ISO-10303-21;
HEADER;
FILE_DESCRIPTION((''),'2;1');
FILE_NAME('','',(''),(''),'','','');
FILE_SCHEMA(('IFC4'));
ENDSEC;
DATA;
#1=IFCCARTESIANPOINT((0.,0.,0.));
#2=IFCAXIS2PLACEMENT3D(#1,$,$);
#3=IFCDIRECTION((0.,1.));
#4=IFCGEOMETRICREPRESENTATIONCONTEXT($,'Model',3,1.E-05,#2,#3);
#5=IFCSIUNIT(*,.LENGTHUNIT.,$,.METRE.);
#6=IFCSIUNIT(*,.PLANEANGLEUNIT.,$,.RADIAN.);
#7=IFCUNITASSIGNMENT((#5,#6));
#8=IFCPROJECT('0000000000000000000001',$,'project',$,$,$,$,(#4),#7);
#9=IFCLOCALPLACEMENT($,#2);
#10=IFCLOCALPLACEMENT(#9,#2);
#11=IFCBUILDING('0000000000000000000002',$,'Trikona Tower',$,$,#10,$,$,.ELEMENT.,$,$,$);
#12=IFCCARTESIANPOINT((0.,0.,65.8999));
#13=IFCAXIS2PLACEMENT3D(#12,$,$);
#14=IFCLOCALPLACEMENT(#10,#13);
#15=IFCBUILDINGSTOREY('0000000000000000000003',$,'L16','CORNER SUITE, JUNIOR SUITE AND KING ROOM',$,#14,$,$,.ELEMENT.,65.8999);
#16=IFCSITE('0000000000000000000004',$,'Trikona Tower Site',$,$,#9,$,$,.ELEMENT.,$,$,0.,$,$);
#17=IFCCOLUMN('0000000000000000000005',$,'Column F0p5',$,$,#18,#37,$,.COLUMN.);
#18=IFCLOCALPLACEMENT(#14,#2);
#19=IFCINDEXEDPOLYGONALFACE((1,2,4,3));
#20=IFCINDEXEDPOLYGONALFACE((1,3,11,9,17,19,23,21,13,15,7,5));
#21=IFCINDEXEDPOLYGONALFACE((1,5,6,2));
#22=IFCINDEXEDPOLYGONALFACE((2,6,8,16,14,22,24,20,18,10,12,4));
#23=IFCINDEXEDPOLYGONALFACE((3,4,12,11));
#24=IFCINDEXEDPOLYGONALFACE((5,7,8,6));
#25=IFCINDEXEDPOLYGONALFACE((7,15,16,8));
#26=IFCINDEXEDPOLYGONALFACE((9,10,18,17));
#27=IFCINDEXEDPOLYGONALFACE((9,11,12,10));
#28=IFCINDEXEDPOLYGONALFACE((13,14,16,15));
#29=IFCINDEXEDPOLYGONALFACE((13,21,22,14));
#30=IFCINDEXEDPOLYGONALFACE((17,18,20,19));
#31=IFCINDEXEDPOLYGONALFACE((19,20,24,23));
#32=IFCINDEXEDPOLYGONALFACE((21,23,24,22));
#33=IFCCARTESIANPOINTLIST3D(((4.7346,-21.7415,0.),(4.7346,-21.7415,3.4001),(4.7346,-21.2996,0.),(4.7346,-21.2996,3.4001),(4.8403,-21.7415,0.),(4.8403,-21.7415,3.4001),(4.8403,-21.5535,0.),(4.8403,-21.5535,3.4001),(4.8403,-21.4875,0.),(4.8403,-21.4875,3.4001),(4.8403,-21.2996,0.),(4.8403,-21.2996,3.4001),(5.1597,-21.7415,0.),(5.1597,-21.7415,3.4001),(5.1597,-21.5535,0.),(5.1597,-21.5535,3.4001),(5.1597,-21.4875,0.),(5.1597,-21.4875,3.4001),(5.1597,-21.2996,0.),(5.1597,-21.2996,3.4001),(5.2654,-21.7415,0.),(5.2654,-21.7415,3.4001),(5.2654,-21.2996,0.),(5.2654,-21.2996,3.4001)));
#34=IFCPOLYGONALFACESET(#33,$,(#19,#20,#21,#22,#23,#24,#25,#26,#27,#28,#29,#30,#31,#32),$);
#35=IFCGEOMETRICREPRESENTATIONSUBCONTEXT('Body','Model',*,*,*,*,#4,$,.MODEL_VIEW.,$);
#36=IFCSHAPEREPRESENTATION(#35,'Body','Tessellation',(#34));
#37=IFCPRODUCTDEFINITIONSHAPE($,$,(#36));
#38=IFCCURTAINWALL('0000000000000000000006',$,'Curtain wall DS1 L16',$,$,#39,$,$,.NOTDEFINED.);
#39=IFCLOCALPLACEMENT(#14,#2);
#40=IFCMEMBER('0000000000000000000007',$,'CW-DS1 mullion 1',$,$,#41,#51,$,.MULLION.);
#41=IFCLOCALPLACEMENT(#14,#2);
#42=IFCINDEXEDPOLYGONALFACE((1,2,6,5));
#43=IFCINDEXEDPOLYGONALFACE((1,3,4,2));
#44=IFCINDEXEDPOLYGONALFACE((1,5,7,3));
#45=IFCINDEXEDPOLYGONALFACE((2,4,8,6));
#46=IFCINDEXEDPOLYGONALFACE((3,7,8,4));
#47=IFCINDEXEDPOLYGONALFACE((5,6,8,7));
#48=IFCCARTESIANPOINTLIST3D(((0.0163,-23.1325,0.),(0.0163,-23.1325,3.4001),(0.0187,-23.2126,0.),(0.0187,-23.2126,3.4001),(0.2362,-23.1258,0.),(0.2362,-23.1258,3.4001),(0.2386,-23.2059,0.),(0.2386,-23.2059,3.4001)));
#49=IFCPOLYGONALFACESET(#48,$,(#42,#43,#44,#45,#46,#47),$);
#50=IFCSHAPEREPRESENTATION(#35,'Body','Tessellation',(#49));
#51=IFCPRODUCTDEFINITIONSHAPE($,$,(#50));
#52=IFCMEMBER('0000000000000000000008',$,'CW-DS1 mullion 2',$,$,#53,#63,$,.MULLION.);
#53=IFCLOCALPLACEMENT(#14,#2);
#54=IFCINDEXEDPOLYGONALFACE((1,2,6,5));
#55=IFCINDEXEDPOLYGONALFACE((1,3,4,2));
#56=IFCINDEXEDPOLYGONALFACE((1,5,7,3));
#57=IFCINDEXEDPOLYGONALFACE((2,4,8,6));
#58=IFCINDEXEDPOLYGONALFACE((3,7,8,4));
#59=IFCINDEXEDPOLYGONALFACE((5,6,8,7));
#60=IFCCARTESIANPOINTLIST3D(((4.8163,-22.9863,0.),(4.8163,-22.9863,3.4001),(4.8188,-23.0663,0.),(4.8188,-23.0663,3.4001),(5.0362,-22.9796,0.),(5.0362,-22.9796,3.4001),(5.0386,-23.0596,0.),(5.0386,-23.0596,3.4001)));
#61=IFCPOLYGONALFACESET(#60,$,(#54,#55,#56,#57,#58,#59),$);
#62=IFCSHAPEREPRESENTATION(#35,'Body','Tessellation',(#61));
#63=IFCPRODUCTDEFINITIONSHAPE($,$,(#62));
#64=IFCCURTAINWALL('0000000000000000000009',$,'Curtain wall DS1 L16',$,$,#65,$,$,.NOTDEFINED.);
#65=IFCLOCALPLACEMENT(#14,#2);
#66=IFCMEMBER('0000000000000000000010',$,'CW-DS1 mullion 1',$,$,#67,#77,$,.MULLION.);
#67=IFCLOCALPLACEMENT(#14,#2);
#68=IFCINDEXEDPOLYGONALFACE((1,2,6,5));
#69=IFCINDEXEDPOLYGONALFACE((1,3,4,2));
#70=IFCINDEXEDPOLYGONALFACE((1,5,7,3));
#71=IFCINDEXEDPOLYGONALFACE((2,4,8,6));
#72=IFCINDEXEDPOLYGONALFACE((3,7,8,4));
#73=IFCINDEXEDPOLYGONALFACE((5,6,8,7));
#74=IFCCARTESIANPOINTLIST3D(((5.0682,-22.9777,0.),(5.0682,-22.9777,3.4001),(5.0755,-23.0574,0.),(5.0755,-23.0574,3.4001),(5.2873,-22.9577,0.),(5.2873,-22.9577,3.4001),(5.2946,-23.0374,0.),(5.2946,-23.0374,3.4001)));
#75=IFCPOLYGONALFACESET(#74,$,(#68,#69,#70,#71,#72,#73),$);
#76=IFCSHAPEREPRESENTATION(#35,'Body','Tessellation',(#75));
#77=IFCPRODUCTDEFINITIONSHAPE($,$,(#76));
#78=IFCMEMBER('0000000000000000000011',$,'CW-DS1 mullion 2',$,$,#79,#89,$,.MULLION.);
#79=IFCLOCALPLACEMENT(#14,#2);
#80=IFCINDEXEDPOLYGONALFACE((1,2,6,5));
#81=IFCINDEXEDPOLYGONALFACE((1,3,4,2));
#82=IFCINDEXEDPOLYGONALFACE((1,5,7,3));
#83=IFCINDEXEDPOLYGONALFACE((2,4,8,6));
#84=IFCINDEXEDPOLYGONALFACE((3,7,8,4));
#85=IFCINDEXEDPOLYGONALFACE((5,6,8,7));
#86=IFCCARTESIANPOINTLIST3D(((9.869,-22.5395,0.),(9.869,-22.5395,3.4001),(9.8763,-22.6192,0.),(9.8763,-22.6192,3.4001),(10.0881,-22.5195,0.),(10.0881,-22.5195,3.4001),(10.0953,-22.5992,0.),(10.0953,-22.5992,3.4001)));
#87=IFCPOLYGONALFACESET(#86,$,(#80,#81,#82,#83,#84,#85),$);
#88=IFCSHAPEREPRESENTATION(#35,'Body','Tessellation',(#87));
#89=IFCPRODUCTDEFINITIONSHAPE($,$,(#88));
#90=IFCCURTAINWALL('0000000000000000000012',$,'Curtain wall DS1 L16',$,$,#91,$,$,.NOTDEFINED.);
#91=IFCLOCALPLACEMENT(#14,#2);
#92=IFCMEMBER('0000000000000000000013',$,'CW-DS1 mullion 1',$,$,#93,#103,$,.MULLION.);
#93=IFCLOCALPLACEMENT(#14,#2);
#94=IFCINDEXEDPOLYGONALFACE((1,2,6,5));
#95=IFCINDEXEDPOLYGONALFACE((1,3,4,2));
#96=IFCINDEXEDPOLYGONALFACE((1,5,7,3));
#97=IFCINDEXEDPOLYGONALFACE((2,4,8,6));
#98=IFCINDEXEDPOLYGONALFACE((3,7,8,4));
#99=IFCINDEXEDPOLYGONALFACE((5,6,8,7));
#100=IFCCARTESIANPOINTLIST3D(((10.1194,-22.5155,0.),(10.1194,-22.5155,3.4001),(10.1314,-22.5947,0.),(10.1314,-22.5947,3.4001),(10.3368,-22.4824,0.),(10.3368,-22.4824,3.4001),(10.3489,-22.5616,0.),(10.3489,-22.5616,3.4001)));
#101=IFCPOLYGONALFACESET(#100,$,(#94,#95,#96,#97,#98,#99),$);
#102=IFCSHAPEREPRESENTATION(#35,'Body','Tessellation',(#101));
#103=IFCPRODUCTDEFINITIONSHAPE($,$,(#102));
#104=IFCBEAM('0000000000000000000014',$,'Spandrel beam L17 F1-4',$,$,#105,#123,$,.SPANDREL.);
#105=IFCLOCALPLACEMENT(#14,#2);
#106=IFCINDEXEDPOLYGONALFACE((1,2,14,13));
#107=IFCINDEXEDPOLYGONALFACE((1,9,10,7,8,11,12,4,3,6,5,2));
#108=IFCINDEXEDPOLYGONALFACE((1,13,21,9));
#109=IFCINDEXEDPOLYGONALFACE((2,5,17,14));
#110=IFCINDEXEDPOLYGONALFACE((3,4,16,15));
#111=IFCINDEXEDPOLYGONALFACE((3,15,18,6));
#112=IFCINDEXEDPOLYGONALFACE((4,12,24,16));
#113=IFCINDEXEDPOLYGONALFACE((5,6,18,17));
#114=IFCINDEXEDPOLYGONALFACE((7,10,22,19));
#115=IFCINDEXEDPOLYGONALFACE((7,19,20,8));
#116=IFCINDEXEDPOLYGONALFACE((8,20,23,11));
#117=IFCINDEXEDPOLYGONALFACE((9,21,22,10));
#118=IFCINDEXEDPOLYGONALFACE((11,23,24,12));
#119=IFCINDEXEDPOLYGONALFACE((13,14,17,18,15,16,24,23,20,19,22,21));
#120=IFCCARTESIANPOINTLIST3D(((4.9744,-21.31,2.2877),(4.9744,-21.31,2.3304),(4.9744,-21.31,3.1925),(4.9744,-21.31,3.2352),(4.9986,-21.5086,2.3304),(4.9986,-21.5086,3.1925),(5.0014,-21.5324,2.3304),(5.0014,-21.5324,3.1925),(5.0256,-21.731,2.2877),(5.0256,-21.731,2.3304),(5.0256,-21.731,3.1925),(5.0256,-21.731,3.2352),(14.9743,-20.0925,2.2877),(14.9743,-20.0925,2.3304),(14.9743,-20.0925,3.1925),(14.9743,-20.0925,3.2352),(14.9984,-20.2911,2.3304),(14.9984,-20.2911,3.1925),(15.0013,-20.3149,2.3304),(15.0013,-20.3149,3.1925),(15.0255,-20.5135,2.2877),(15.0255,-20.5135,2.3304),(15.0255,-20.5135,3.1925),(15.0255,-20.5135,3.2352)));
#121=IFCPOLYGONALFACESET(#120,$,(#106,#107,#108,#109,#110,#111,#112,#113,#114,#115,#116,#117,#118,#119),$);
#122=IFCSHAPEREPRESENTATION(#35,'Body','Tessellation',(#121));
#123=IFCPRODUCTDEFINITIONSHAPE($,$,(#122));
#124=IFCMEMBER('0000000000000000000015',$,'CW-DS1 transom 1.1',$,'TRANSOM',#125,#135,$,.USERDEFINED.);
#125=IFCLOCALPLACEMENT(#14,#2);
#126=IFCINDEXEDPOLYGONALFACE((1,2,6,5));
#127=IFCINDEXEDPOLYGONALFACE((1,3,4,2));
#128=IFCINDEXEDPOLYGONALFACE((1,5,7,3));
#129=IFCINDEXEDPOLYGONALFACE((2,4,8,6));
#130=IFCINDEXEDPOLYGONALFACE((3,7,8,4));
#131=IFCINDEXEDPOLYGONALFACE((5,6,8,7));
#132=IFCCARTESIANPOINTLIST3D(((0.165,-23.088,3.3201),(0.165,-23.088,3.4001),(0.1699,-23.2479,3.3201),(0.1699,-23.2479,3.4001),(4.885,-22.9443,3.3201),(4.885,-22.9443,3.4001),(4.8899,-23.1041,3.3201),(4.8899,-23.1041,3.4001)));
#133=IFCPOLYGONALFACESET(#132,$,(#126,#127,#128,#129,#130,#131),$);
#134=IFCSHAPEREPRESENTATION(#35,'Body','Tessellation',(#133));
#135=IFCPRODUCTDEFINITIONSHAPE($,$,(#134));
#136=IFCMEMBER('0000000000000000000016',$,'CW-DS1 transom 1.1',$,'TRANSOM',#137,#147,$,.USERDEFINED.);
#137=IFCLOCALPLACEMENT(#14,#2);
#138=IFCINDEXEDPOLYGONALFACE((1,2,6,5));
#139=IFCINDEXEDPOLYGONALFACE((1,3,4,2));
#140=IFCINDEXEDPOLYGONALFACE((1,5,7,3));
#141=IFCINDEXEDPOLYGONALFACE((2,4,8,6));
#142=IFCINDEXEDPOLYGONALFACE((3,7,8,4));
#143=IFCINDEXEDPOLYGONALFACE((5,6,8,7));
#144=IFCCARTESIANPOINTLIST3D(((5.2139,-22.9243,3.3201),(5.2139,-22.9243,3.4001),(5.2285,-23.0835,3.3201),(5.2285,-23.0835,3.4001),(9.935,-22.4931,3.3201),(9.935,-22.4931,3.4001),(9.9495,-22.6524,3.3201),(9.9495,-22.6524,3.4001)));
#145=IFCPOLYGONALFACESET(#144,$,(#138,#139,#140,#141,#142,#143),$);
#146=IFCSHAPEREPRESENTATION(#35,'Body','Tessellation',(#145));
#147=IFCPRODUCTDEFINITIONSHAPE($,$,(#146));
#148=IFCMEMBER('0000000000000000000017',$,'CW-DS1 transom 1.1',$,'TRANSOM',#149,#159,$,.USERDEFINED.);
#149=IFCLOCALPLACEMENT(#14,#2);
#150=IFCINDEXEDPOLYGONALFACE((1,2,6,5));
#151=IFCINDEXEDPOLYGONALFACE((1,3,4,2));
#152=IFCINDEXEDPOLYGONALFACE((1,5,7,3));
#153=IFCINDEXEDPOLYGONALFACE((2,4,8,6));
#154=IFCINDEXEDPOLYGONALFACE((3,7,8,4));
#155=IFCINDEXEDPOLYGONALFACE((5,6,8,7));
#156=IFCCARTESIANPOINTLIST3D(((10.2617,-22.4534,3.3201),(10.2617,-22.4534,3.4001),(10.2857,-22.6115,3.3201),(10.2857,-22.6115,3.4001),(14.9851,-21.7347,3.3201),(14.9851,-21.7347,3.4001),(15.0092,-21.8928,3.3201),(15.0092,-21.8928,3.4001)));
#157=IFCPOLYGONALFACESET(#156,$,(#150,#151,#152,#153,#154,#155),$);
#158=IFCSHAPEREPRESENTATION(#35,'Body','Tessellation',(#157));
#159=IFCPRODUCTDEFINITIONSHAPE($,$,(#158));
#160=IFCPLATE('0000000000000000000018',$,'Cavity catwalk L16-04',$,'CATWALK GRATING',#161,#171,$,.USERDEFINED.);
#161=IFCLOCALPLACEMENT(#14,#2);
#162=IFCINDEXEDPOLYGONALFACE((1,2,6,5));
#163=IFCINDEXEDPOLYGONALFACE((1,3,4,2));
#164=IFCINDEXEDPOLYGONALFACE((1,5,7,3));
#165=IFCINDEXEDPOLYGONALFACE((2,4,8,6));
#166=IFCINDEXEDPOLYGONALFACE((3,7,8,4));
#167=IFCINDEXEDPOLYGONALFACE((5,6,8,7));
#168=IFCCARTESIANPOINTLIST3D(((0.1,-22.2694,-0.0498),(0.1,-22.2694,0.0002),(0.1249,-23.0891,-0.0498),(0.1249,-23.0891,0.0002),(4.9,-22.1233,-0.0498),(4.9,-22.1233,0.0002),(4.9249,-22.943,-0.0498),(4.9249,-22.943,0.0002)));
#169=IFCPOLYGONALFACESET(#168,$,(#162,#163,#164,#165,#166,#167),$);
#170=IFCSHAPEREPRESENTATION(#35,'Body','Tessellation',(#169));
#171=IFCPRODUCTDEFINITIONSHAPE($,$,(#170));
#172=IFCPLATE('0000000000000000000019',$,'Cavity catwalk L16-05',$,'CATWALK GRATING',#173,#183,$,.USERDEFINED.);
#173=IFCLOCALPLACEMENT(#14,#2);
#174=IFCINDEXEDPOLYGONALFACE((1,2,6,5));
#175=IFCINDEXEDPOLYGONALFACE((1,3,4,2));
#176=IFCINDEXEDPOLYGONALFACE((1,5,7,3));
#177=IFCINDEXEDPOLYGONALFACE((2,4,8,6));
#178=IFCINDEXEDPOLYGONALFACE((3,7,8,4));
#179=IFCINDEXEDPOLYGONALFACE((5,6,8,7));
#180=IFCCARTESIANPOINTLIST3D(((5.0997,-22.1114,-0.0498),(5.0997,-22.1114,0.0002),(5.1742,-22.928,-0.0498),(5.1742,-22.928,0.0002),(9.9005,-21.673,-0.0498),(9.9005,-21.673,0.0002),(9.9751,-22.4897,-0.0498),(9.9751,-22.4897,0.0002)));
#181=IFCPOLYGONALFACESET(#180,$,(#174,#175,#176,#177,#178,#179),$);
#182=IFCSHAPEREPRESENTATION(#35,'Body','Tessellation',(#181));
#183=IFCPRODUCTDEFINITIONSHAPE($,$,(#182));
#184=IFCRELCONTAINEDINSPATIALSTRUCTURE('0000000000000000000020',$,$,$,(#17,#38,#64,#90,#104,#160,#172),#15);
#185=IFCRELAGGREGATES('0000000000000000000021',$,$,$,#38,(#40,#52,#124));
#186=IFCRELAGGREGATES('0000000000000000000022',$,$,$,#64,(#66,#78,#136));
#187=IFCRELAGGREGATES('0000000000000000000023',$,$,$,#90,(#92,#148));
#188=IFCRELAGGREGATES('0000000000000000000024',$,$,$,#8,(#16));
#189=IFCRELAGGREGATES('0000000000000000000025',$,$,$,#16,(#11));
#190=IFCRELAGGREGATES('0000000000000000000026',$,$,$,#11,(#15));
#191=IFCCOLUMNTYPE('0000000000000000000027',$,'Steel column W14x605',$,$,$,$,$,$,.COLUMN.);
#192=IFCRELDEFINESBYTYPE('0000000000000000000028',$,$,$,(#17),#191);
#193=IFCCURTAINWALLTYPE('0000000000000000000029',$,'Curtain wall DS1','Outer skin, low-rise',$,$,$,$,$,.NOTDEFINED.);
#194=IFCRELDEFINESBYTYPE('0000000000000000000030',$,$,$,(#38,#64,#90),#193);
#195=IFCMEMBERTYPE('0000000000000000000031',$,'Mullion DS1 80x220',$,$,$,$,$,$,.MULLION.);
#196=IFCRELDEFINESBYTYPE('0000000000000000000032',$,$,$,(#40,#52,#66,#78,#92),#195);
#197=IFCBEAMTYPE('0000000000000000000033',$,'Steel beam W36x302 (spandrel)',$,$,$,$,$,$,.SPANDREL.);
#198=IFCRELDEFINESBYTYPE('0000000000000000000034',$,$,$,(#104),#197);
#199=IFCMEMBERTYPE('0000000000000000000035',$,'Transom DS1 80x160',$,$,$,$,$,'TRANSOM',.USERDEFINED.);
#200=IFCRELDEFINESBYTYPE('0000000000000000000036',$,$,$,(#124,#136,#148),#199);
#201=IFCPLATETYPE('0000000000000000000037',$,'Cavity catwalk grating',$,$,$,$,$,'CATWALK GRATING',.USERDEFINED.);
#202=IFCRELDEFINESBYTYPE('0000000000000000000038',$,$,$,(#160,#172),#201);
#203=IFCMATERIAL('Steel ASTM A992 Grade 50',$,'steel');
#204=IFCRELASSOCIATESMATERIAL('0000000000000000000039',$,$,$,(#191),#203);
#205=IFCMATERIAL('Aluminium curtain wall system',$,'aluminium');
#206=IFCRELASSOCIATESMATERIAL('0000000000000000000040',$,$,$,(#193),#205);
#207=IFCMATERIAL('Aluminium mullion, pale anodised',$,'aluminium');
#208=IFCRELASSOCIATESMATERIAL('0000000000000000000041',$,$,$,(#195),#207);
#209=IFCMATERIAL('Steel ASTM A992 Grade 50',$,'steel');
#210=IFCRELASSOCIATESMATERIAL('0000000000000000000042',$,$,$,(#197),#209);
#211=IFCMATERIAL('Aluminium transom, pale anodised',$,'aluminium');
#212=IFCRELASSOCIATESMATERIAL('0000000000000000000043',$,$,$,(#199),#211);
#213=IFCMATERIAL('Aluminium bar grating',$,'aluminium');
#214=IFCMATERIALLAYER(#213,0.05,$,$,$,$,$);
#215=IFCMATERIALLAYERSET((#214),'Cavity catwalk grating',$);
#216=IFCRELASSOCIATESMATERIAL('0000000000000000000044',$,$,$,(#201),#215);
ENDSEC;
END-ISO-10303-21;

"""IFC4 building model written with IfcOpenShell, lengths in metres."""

from ifc_helpers import new_model, si_unit, direction, frame, origin, origin_2d, place, context, subcontext, project, spatial, rectangle, i_section, extrude, material, layer, layer_set, material_profile, profile_set, type_object, element, aggregate, save


model = new_model("IFC4")

# Units and contexts
model_context = context("Model", 3, precision=1e-05, world=origin(), true_north=direction((0.0, 1.0)))
body_context = subcontext(model_context, "Body", "Model", "MODEL_VIEW")
ifc_project = project(units=[si_unit("LENGTHUNIT", "METRE"), si_unit("PLANEANGLEUNIT", "RADIAN")], contexts=[model_context])

# Site, building, storey
site_placement = place(None, origin())
site = spatial("IfcSite", under=ifc_project, at=site_placement, Name="Trikona Tower Site", CompositionType="ELEMENT", RefElevation=0.0)
building_placement = place(site_placement, origin())
building = spatial("IfcBuilding", under=site, at=building_placement, Name="Trikona Tower", CompositionType="ELEMENT")
storey_placement = place(building_placement, frame((0.0, 0.0, 65.8999)))
storey = spatial("IfcBuildingStorey", under=building, at=storey_placement, Name="L16", Description="CORNER SUITE, JUNIOR SUITE AND KING ROOM", CompositionType="ELEMENT", Elevation=65.8999)

# Column
ifc_material_1 = material(Name="Steel ASTM A992 Grade 50", Category="steel")
ifc_material_profile_1 = material_profile(ifc_material_1, i_section(OverallWidth=0.4419, OverallDepth=0.5308, WebThickness=0.0659, FlangeThickness=0.1057, at=origin_2d()), Name="W14X605")
ifc_profile_set_1 = profile_set([ifc_material_profile_1], Name="Steel ASTM A992 Grade 50")
column_type = type_object("IfcColumnType", Name="Steel column W14x605", PredefinedType="COLUMN", material=ifc_profile_set_1)
column_placement = place(storey_placement, frame((5.0, -21.5205, 0.0), z_axis=(0.0, 0.0, 1.0), x_axis=(0.0, -1.0, 0.0)))
element("IfcColumn", 1, at=column_placement, inside=storey, type_object=column_type, Name="Column F0p5", PredefinedType="COLUMN", context=body_context, shape_type="SweptSolid", body=[
    extrude(i_section(OverallWidth=0.4419, OverallDepth=0.5308, WebThickness=0.0659, FlangeThickness=0.1057, at=origin_2d()), origin(), (0.0, 0.0, 1.0), 3.4001),
])

# Curtain walls, members
ifc_material_2 = material(Name="Aluminium curtain wall system", Category="aluminium")
curtain_wall_type = type_object("IfcCurtainWallType", Name="Curtain wall DS1", Description="Outer skin, low-rise", PredefinedType="NOTDEFINED", material=ifc_material_2)
curtain_wall_1_placement = place(storey_placement, origin())
curtain_wall_1 = element("IfcCurtainWall", 2, at=curtain_wall_1_placement, inside=storey, type_object=curtain_wall_type, Name="Curtain wall DS1 L16", PredefinedType="NOTDEFINED")
ifc_material_3 = material(Name="Aluminium mullion, pale anodised", Category="aluminium")
ifc_material_profile_2 = material_profile(ifc_material_3, rectangle(XDim=0.0801, YDim=0.22, at=origin_2d()), Name="MUL-DS1")
ifc_profile_set_2 = profile_set([ifc_material_profile_2], Name="Aluminium mullion, pale anodised")
member_type_1 = type_object("IfcMemberType", Name="Mullion DS1 80x220", PredefinedType="MULLION", material=ifc_profile_set_2)
member_1_placement = place(storey_placement, frame((0.1274, -23.1692, 0.0), z_axis=(0.0, 0.0, 1.0), x_axis=(-0.030437, 0.999537, 0.0)))
member_1 = element("IfcMember", 3, at=member_1_placement, type_object=member_type_1, Name="CW-DS1 mullion 1", PredefinedType="MULLION", context=body_context, shape_type="SweptSolid", body=[
    extrude(rectangle(XDim=0.0801, YDim=0.22, at=origin_2d()), origin(), (0.0, 0.0, 1.0), 3.4001),
])
member_2_placement = place(storey_placement, frame((4.9275, -23.0229, 0.0), z_axis=(0.0, 0.0, 1.0), x_axis=(-0.030437, 0.999537, 0.0)))
member_2 = element("IfcMember", 4, at=member_2_placement, type_object=member_type_1, Name="CW-DS1 mullion 2", PredefinedType="MULLION", context=body_context, shape_type="SweptSolid", body=[
    extrude(rectangle(XDim=0.0801, YDim=0.22, at=origin_2d()), origin(), (0.0, 0.0, 1.0), 3.4001),
])
curtain_wall_2_placement = place(storey_placement, origin())
curtain_wall_2 = element("IfcCurtainWall", 5, at=curtain_wall_2_placement, inside=storey, type_object=curtain_wall_type, Name="Curtain wall DS1 L16", PredefinedType="NOTDEFINED")
member_3_placement = place(storey_placement, frame((5.1814, -23.0076, 0.0), z_axis=(0.0, 0.0, 1.0), x_axis=(-0.090924, 0.995858, 0.0)))
member_3 = element("IfcMember", 6, at=member_3_placement, type_object=member_type_1, Name="CW-DS1 mullion 1", PredefinedType="MULLION", context=body_context, shape_type="SweptSolid", body=[
    extrude(rectangle(XDim=0.0801, YDim=0.22, at=origin_2d()), origin(), (0.0, 0.0, 1.0), 3.4001),
])
member_4_placement = place(storey_placement, frame((9.9822, -22.5693, 0.0), z_axis=(0.0, 0.0, 1.0), x_axis=(-0.090924, 0.995858, 0.0)))
member_4 = element("IfcMember", 7, at=member_4_placement, type_object=member_type_1, Name="CW-DS1 mullion 2", PredefinedType="MULLION", context=body_context, shape_type="SweptSolid", body=[
    extrude(rectangle(XDim=0.0801, YDim=0.22, at=origin_2d()), origin(), (0.0, 0.0, 1.0), 3.4001),
])

# Curtain wall, member
curtain_wall_3_placement = place(storey_placement, origin())
curtain_wall_3 = element("IfcCurtainWall", 8, at=curtain_wall_3_placement, inside=storey, type_object=curtain_wall_type, Name="Curtain wall DS1 L16", PredefinedType="NOTDEFINED")
member_5_placement = place(storey_placement, frame((10.2341, -22.5386, 0.0), z_axis=(0.0, 0.0, 1.0), x_axis=(-0.150438, 0.988619, 0.0)))
member_5 = element("IfcMember", 9, at=member_5_placement, type_object=member_type_1, Name="CW-DS1 mullion 1", PredefinedType="MULLION", context=body_context, shape_type="SweptSolid", body=[
    extrude(rectangle(XDim=0.0801, YDim=0.22, at=origin_2d()), origin(), (0.0, 0.0, 1.0), 3.4001),
])

# Beam
ifc_material_4 = material(Name="Steel ASTM A992 Grade 50", Category="steel")
ifc_material_profile_3 = material_profile(ifc_material_4, i_section(OverallWidth=0.4241, OverallDepth=0.9475, WebThickness=0.0239, FlangeThickness=0.0427, at=origin_2d()), Name="W36X302")
ifc_profile_set_3 = profile_set([ifc_material_profile_3], Name="Steel ASTM A992 Grade 50")
beam_type = type_object("IfcBeamType", Name="Steel beam W36x302 (spandrel)", PredefinedType="SPANDREL", material=ifc_profile_set_3)
beam_placement = place(storey_placement, frame((5.0, -21.5205, 2.7615), z_axis=(0.99267, 0.12086, 0.0), x_axis=(-0.12086, 0.99267, 0.0)))
element("IfcBeam", 10, at=beam_placement, inside=storey, type_object=beam_type, Name="Spandrel beam L17 F1-4", PredefinedType="SPANDREL", context=body_context, shape_type="SweptSolid", body=[
    extrude(i_section(OverallWidth=0.4241, OverallDepth=0.9475, WebThickness=0.0239, FlangeThickness=0.0427, at=origin_2d()), origin(), (0.0, 0.0, 1.0), 10.0737),
])

# Members
ifc_material_5 = material(Name="Aluminium transom, pale anodised", Category="aluminium")
ifc_material_profile_4 = material_profile(ifc_material_5, rectangle(XDim=0.1599, YDim=0.0801, at=origin_2d()), Name="TRN-DS1")
ifc_profile_set_4 = profile_set([ifc_material_profile_4], Name="Aluminium transom, pale anodised")
member_type_2 = type_object("IfcMemberType", Name="Transom DS1 80x160", ElementType="TRANSOM", PredefinedType="USERDEFINED", material=ifc_profile_set_4)
member_6_placement = place(storey_placement, frame((0.1675, -23.168, 3.3601), z_axis=(0.999536, 0.030452, 0.0), x_axis=(-0.030452, 0.999536, 0.0)))
member_6 = element("IfcMember", 11, at=member_6_placement, type_object=member_type_2, Name="CW-DS1 transom 1.1", ObjectType="TRANSOM", PredefinedType="USERDEFINED", context=body_context, shape_type="SweptSolid", body=[
    extrude(rectangle(XDim=0.1599, YDim=0.0801, at=origin_2d()), origin(), (0.0, 0.0, 1.0), 4.7222),
])
member_7_placement = place(storey_placement, frame((5.2212, -23.0039, 3.3601), z_axis=(0.995856, 0.090944, 0.0), x_axis=(-0.090944, 0.995856, 0.0)))
member_7 = element("IfcMember", 12, at=member_7_placement, type_object=member_type_2, Name="CW-DS1 transom 1.1", ObjectType="TRANSOM", PredefinedType="USERDEFINED", context=body_context, shape_type="SweptSolid", body=[
    extrude(rectangle(XDim=0.1599, YDim=0.0801, at=origin_2d()), origin(), (0.0, 0.0, 1.0), 4.7407),
])
member_8_placement = place(storey_placement, frame((10.2737, -22.5325, 3.3601), z_axis=(0.98862, 0.150437, 0.0), x_axis=(-0.150437, 0.98862, 0.0)))
member_8 = element("IfcMember", 13, at=member_8_placement, type_object=member_type_2, Name="CW-DS1 transom 1.1", ObjectType="TRANSOM", PredefinedType="USERDEFINED", context=body_context, shape_type="SweptSolid", body=[
    extrude(rectangle(XDim=0.1599, YDim=0.0801, at=origin_2d()), origin(), (0.0, 0.0, 1.0), 4.7778),
])

# Plates
ifc_material_6 = material(Name="Aluminium bar grating", Category="aluminium")
ifc_layer_1 = layer(ifc_material_6, 0.05)
ifc_layer_set_1 = layer_set([ifc_layer_1], Name="Cavity catwalk grating")
plate_type_1 = type_object("IfcPlateType", Name="Cavity catwalk grating", ElementType="CATWALK GRATING", PredefinedType="USERDEFINED", material=ifc_layer_set_1)
plate_1_placement = place(storey_placement, frame((2.5125, -22.6062, -0.0498), z_axis=(0.0, 0.0, 1.0), x_axis=(0.999537, 0.030425, 0.0)))
element("IfcPlate", 14, at=plate_1_placement, inside=storey, type_object=plate_type_1, Name="Cavity catwalk L16-04", ObjectType="CATWALK GRATING", PredefinedType="USERDEFINED", context=body_context, shape_type="SweptSolid", body=[
    extrude(rectangle(XDim=4.8022, YDim=0.8201, at=origin_2d()), origin(), (0.0, 0.0, 1.0), 0.05),
])
plate_2_placement = place(storey_placement, frame((7.5374, -22.3005, -0.0498), z_axis=(0.0, 0.0, 1.0), x_axis=(0.995858, 0.090921, 0.0)))
element("IfcPlate", 15, at=plate_2_placement, inside=storey, type_object=plate_type_1, Name="Cavity catwalk L16-05", ObjectType="CATWALK GRATING", PredefinedType="USERDEFINED", context=body_context, shape_type="SweptSolid", body=[
    extrude(rectangle(XDim=4.8208, YDim=0.8201, at=origin_2d()), origin(), (0.0, 0.0, 1.0), 0.05),
])

aggregate(curtain_wall_1, [member_1, member_2, member_6])
aggregate(curtain_wall_2, [member_3, member_4, member_7])
aggregate(curtain_wall_3, [member_5, member_8])

save(model, "model.ifc")
